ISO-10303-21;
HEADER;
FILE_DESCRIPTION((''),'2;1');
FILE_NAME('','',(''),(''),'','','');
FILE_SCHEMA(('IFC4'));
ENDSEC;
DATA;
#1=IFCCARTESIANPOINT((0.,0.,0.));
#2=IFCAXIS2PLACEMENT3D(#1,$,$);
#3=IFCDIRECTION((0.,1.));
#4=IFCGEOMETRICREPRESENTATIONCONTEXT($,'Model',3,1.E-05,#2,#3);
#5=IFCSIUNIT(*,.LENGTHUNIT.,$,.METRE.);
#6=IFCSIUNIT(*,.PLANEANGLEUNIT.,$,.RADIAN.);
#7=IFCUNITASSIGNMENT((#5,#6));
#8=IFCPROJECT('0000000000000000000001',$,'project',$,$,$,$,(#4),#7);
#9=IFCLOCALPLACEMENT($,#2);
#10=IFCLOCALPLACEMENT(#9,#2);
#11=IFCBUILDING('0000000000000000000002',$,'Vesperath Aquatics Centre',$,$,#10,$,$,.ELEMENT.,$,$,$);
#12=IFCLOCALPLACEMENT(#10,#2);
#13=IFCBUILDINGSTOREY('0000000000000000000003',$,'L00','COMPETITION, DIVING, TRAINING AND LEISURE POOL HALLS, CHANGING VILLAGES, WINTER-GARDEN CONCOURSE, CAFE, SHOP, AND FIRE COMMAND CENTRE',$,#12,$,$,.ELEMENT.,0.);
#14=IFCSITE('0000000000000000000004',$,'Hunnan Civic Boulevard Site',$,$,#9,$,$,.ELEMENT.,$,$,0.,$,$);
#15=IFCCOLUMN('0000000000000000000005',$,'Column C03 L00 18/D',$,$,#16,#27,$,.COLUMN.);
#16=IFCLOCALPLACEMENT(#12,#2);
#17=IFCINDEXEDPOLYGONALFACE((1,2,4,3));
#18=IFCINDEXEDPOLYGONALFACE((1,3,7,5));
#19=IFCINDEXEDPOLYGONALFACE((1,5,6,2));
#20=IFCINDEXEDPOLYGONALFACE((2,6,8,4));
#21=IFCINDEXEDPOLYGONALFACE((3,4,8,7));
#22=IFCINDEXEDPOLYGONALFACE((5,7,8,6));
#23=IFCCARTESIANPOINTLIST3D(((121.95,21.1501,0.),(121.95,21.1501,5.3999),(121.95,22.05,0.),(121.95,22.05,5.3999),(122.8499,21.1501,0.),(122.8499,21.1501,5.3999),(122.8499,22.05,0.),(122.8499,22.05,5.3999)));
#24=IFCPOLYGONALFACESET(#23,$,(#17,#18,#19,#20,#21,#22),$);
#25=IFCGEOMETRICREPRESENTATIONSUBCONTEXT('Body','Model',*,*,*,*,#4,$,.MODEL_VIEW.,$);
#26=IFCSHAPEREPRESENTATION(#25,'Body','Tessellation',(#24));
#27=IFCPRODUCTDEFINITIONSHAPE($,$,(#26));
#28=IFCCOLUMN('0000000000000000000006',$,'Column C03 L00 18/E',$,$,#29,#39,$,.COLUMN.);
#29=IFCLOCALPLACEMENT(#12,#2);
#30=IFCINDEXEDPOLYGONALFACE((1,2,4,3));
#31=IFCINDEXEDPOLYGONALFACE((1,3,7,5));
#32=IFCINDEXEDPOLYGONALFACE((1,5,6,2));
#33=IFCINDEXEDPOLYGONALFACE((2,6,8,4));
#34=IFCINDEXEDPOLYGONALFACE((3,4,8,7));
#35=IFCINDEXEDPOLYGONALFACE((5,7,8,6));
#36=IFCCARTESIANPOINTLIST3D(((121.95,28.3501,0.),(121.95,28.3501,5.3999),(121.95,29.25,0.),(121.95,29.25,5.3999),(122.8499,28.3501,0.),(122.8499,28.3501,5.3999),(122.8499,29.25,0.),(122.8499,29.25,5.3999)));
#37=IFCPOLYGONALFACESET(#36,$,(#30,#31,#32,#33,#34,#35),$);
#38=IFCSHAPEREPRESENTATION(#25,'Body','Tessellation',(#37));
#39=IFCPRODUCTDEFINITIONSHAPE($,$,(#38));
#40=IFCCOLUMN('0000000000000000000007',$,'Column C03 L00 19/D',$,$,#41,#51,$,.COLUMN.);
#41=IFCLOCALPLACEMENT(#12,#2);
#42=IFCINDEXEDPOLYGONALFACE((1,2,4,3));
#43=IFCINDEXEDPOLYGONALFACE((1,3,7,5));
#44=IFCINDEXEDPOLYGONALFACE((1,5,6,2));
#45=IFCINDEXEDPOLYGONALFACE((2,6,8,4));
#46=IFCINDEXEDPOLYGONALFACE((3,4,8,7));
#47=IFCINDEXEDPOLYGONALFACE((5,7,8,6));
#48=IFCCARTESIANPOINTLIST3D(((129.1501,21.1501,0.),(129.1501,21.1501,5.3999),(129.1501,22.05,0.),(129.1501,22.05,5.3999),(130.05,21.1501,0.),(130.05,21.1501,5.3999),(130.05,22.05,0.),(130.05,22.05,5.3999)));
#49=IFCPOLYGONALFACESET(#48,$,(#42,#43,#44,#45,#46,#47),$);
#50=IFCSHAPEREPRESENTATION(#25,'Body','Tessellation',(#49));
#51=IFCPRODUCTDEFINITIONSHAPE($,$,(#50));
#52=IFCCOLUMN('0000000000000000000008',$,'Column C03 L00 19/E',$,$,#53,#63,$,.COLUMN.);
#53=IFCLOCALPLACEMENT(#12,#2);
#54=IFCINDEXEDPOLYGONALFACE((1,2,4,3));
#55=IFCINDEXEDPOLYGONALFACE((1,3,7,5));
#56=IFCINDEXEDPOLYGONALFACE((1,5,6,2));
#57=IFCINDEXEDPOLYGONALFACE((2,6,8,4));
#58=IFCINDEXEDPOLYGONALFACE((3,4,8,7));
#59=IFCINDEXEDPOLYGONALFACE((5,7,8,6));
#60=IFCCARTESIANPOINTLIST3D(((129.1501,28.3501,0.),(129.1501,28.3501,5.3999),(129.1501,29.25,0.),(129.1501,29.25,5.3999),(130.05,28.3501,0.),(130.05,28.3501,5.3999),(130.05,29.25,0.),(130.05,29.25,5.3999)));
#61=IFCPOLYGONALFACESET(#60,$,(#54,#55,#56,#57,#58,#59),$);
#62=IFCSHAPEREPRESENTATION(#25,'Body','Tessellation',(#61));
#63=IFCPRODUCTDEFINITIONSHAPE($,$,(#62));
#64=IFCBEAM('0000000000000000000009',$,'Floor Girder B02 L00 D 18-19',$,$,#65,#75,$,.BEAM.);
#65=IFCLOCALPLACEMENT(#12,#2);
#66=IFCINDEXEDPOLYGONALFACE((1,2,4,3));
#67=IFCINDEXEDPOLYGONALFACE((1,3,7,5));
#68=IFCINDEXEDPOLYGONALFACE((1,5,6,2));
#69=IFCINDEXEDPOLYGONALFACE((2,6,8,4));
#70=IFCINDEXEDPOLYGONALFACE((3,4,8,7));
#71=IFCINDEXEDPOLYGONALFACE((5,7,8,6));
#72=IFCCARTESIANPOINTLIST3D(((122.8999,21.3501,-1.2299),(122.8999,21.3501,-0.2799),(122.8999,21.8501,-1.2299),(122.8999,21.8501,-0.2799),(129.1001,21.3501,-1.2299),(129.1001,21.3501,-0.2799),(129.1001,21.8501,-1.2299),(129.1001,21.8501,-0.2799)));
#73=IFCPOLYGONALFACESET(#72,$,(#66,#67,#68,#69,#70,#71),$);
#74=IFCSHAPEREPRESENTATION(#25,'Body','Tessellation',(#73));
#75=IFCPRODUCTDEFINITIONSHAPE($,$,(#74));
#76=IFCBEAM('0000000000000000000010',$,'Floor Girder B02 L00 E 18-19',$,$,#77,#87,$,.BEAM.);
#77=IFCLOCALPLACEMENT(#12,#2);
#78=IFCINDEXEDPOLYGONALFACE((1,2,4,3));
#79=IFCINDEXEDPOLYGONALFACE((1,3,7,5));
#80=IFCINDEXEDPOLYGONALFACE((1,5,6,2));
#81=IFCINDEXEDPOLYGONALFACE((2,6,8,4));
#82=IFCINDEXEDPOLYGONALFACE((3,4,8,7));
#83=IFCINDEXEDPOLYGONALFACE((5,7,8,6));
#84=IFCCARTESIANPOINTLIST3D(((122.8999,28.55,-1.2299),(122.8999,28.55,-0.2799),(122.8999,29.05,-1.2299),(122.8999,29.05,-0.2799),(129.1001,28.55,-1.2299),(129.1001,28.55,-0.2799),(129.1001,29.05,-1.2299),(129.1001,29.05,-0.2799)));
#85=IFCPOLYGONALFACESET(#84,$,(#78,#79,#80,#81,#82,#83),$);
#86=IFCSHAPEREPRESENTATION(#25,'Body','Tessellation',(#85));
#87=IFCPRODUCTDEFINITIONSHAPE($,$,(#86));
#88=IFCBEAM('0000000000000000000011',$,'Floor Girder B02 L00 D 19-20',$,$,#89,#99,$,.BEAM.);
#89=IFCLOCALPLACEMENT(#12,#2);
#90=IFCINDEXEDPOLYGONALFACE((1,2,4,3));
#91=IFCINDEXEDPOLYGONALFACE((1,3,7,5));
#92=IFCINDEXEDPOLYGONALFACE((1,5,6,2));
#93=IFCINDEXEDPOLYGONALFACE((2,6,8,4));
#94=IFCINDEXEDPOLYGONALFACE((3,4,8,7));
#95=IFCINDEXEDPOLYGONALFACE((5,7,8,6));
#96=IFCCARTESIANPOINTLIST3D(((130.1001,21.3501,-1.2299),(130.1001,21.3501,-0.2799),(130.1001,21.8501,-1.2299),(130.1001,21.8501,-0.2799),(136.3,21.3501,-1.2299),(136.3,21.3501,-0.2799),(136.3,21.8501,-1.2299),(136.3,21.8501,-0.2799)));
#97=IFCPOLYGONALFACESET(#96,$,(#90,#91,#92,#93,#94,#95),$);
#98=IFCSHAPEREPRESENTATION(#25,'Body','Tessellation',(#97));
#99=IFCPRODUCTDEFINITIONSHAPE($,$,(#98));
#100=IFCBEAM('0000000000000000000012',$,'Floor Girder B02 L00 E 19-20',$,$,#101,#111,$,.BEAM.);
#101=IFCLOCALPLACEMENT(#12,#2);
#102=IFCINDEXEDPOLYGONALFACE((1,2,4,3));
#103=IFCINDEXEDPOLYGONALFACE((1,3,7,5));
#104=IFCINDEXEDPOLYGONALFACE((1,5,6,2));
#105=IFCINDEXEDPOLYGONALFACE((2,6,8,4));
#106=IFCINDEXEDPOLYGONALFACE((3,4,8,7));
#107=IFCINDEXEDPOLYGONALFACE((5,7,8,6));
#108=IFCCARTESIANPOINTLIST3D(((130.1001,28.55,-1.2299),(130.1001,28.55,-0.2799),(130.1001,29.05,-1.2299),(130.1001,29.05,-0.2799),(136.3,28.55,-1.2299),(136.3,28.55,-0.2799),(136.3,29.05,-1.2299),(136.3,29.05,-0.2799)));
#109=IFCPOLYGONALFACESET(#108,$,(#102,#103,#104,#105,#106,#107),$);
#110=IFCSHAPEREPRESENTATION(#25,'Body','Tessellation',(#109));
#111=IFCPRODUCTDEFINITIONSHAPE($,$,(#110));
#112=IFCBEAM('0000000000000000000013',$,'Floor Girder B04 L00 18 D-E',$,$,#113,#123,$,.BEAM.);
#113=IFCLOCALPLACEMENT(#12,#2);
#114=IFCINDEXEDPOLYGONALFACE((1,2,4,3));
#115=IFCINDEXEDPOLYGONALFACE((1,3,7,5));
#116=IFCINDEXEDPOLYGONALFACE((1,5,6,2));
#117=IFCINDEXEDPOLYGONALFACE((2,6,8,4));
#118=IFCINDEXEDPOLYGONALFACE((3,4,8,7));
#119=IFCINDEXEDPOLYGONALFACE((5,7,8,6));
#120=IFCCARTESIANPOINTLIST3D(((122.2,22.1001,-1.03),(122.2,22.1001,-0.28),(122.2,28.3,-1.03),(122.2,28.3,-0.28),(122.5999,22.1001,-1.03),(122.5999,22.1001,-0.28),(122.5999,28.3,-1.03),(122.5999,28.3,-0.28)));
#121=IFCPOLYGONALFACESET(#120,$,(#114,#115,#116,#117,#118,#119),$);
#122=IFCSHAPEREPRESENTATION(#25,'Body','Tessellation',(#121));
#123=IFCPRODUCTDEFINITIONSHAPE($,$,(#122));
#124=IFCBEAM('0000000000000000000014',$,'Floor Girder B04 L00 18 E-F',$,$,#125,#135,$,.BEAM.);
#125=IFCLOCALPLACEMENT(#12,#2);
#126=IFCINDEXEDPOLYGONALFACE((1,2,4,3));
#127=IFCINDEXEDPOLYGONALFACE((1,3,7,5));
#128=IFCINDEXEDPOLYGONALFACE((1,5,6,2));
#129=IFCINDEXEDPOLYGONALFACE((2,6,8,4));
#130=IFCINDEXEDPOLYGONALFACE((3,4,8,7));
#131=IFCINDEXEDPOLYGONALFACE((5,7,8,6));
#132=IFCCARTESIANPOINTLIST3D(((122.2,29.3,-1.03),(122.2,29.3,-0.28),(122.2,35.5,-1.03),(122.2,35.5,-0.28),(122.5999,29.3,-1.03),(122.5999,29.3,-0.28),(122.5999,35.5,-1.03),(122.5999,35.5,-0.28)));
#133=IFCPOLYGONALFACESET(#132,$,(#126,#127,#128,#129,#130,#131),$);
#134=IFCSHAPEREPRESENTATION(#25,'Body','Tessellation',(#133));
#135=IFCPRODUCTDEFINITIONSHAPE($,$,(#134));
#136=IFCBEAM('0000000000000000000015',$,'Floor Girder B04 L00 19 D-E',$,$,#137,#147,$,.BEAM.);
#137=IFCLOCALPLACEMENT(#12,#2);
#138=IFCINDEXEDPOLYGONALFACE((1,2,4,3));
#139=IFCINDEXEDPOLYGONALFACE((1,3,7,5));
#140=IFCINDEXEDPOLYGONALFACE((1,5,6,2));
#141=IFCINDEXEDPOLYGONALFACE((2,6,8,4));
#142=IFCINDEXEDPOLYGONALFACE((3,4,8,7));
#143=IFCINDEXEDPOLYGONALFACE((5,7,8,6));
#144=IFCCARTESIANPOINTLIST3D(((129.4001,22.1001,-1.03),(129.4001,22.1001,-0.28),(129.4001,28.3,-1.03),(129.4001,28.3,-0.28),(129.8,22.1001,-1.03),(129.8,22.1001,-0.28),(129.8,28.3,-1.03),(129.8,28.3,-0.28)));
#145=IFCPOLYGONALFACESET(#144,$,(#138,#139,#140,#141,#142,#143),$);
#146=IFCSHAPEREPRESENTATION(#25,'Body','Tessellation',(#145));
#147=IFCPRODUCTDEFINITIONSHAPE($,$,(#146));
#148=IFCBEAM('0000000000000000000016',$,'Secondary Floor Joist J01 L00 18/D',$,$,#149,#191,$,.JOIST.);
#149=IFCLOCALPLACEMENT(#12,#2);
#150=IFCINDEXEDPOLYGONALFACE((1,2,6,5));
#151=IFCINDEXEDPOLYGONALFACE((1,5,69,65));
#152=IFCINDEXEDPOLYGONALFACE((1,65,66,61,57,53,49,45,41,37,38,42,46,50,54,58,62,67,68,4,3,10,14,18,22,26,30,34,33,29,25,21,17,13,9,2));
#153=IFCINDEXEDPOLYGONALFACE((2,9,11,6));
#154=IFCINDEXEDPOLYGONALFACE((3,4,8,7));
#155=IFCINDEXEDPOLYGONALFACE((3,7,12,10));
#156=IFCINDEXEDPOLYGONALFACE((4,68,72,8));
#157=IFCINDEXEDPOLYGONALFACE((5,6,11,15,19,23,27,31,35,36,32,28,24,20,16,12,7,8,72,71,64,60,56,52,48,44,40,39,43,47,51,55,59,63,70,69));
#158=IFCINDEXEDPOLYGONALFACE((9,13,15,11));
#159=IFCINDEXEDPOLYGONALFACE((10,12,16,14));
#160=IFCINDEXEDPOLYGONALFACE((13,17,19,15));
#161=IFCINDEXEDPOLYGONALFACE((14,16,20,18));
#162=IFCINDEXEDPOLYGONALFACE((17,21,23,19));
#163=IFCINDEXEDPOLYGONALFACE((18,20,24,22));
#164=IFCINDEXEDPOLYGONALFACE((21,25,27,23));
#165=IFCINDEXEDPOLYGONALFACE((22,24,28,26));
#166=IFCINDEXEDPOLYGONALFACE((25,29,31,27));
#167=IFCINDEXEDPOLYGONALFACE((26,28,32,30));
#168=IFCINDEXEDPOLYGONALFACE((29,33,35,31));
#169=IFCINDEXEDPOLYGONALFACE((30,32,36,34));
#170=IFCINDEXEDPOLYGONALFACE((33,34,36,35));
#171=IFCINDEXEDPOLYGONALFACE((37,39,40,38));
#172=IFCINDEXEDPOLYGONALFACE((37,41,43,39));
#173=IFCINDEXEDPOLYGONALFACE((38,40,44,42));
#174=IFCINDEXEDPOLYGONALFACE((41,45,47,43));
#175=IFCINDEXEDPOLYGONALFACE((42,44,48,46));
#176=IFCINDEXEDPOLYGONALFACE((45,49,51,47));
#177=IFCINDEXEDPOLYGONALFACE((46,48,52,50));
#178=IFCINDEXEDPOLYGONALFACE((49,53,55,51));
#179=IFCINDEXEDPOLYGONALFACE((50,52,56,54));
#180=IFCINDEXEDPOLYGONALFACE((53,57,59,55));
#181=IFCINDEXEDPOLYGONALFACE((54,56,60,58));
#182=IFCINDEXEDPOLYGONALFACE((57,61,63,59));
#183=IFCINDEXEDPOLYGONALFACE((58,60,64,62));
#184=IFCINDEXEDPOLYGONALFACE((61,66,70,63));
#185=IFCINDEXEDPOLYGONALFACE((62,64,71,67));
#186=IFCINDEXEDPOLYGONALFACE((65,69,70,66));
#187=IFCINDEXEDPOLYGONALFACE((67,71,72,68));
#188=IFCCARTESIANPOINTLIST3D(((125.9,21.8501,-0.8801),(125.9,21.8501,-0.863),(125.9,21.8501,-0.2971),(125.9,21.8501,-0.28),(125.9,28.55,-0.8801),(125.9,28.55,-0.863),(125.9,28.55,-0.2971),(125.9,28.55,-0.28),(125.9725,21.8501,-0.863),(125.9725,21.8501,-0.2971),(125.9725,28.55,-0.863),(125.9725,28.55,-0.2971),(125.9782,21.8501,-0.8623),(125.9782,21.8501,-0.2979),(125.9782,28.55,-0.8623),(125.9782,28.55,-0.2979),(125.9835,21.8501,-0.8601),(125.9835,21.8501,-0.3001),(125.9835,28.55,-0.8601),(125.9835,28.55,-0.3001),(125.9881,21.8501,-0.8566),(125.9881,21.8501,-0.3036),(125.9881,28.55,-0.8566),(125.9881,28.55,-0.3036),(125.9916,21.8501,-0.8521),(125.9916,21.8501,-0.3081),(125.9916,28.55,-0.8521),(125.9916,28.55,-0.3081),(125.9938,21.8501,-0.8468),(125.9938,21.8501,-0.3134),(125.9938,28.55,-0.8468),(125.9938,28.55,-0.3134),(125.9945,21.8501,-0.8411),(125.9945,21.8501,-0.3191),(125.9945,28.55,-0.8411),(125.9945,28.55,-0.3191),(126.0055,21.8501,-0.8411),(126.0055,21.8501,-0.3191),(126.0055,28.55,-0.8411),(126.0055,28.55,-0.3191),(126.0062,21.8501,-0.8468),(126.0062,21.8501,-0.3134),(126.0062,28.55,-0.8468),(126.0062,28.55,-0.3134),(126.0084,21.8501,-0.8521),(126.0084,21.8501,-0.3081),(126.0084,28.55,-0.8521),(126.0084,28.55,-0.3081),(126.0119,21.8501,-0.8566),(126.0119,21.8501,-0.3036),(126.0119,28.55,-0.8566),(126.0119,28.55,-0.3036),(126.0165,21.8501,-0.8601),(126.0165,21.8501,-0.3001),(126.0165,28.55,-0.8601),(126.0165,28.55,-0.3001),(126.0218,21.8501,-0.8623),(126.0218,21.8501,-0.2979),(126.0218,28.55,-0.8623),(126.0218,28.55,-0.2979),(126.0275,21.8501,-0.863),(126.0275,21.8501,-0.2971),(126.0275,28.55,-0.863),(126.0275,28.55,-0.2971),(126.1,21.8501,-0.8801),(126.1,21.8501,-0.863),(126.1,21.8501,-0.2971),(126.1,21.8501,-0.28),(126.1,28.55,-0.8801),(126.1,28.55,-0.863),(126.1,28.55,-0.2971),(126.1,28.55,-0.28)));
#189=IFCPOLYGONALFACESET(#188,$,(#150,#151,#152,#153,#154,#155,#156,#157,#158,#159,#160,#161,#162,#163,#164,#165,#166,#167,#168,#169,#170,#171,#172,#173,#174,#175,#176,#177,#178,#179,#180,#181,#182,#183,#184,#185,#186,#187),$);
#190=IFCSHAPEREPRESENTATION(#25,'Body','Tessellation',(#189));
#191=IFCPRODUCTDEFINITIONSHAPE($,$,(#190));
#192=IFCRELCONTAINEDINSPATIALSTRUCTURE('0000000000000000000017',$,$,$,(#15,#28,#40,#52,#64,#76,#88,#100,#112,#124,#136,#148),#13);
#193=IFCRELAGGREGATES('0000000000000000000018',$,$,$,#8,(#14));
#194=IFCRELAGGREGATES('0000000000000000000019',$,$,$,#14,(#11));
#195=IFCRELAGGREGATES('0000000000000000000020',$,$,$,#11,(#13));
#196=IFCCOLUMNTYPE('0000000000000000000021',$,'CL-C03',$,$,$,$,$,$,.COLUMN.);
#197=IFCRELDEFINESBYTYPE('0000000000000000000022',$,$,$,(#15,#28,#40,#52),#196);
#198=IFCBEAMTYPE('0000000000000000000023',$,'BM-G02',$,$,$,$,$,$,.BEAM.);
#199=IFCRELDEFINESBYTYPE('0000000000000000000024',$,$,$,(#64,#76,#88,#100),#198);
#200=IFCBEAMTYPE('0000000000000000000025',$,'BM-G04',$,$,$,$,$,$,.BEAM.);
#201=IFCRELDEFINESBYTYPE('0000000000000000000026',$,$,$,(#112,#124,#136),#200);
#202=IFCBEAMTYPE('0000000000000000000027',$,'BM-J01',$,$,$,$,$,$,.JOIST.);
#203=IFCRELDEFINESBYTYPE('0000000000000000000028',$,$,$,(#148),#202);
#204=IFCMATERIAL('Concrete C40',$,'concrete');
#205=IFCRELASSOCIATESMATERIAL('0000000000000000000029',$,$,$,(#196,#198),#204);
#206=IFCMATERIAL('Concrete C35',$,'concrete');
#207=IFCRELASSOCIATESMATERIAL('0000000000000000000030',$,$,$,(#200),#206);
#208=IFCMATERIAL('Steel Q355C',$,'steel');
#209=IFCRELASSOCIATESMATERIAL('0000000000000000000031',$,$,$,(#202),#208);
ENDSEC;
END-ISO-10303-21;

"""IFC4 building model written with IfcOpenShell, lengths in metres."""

from ifc_helpers import new_model, si_unit, direction, frame, origin, origin_2d, place, context, subcontext, project, spatial, rectangle, i_section, extrude, material, material_profile, profile_set, type_object, element, save


model = new_model("IFC4")

# Units and contexts
model_context = context("Model", 3, precision=1e-05, world=origin(), true_north=direction((0.0, 1.0)))
body_context = subcontext(model_context, "Body", "Model", "MODEL_VIEW")
ifc_project = project(units=[si_unit("LENGTHUNIT", "METRE"), si_unit("PLANEANGLEUNIT", "RADIAN")], contexts=[model_context])

# Site, building, storey
site_placement = place(None, origin())
site = spatial("IfcSite", under=ifc_project, at=site_placement, Name="Hunnan Civic Boulevard Site", CompositionType="ELEMENT", RefElevation=0.0)
building_placement = place(site_placement, origin())
building = spatial("IfcBuilding", under=site, at=building_placement, Name="Vesperath Aquatics Centre", CompositionType="ELEMENT")
storey_placement = place(building_placement, origin())
storey = spatial("IfcBuildingStorey", under=building, at=storey_placement, Name="L00", Description="COMPETITION, DIVING, TRAINING AND LEISURE POOL HALLS, CHANGING VILLAGES, WINTER-GARDEN CONCOURSE, CAFE, SHOP, AND FIRE COMMAND CENTRE", CompositionType="ELEMENT", Elevation=0.0)

# Columns
ifc_material_1 = material(Name="Concrete C40", Category="concrete")
ifc_material_profile_1 = material_profile(ifc_material_1, rectangle(XDim=0.8999, YDim=0.8999, at=origin_2d()), Name="RC 900x900")
ifc_profile_set_1 = profile_set([ifc_material_profile_1], Name="Concrete C40")
column_type = type_object("IfcColumnType", Name="CL-C03", PredefinedType="COLUMN", material=ifc_profile_set_1)
for number, where, z_axis, x_axis, name in (
    (1, (122.3999, 21.6001, 0.0), (0.0, 0.0, 1.0), (1.0, 0.0, 0.0), "Column C03 L00 18/D"),
    (2, (122.3999, 28.8, 0.0), (0.0, 0.0, 1.0), (1.0, 0.0, 0.0), "Column C03 L00 18/E"),
    (3, (129.6001, 21.6001, 0.0), (0.0, 0.0, 1.0), (1.0, 0.0, 0.0), "Column C03 L00 19/D"),
    (4, (129.6001, 28.8, 0.0), (0.0, 0.0, 1.0), (1.0, 0.0, 0.0), "Column C03 L00 19/E"),
):
    element("IfcColumn", number, at=place(storey_placement, frame(where, z_axis=z_axis, x_axis=x_axis)), inside=storey, type_object=column_type, Name=name, PredefinedType="COLUMN", context=body_context, shape_type="SweptSolid", body=[
        extrude(rectangle(XDim=0.8999, YDim=0.8999, at=origin_2d()), origin(), (0.0, 0.0, 1.0), 5.3999),
    ])

# Beams
ifc_material_profile_2 = material_profile(ifc_material_1, rectangle(XDim=0.5, YDim=0.95, at=origin_2d()), Name="RC 500x950")
ifc_profile_set_2 = profile_set([ifc_material_profile_2], Name="Concrete C40")
beam_type_1 = type_object("IfcBeamType", Name="BM-G02", PredefinedType="BEAM", material=ifc_profile_set_2)
for number, where, z_axis, x_axis, name in (
    (5, (122.8999, 21.6001, -0.7549), (1.0, 0.0, 0.0), (0.0, 1.0, 0.0), "Floor Girder B02 L00 D 18-19"),
    (6, (122.8999, 28.8, -0.7549), (1.0, 0.0, 0.0), (0.0, 1.0, 0.0), "Floor Girder B02 L00 E 18-19"),
):
    element("IfcBeam", number, at=place(storey_placement, frame(where, z_axis=z_axis, x_axis=x_axis)), inside=storey, type_object=beam_type_1, Name=name, PredefinedType="BEAM", context=body_context, shape_type="SweptSolid", body=[
        extrude(rectangle(XDim=0.5, YDim=0.95, at=origin_2d()), origin(), (0.0, 0.0, 1.0), 6.2002),
    ])
for number, where, z_axis, x_axis, name in (
    (7, (130.1001, 21.6001, -0.7549), (1.0, 0.0, 0.0), (0.0, 1.0, 0.0), "Floor Girder B02 L00 D 19-20"),
    (8, (130.1001, 28.8, -0.7549), (1.0, 0.0, 0.0), (0.0, 1.0, 0.0), "Floor Girder B02 L00 E 19-20"),
):
    element("IfcBeam", number, at=place(storey_placement, frame(where, z_axis=z_axis, x_axis=x_axis)), inside=storey, type_object=beam_type_1, Name=name, PredefinedType="BEAM", context=body_context, shape_type="SweptSolid", body=[
        extrude(rectangle(XDim=0.5, YDim=0.95, at=origin_2d()), origin(), (0.0, 0.0, 1.0), 6.2),
    ])
ifc_material_2 = material(Name="Concrete C35", Category="concrete")
ifc_material_profile_3 = material_profile(ifc_material_2, rectangle(XDim=0.3999, YDim=0.75, at=origin_2d()), Name="RC 400x750")
ifc_profile_set_3 = profile_set([ifc_material_profile_3], Name="Concrete C35")
beam_type_2 = type_object("IfcBeamType", Name="BM-G04", PredefinedType="BEAM", material=ifc_profile_set_3)
for number, where, z_axis, x_axis, name in (
    (9, (122.3999, 22.1001, -0.655), (0.0, 1.0, 0.0), (-1.0, 0.0, 0.0), "Floor Girder B04 L00 18 D-E"),
    (10, (122.3999, 29.3, -0.655), (0.0, 1.0, 0.0), (-1.0, 0.0, 0.0), "Floor Girder B04 L00 18 E-F"),
    (11, (129.6001, 22.1001, -0.655), (0.0, 1.0, 0.0), (-1.0, 0.0, 0.0), "Floor Girder B04 L00 19 D-E"),
):
    element("IfcBeam", number, at=place(storey_placement, frame(where, z_axis=z_axis, x_axis=x_axis)), inside=storey, type_object=beam_type_2, Name=name, PredefinedType="BEAM", context=body_context, shape_type="SweptSolid", body=[
        extrude(rectangle(XDim=0.3999, YDim=0.75, at=origin_2d()), origin(), (0.0, 0.0, 1.0), 6.2),
    ])
ifc_material_3 = material(Name="Steel Q355C", Category="steel")
ifc_material_profile_4 = material_profile(ifc_material_3, i_section(OverallWidth=0.2, OverallDepth=0.6001, WebThickness=0.011, FlangeThickness=0.0171, FilletRadius=0.022, at=origin_2d()), Name="HN 600x200x11x17")
ifc_profile_set_4 = profile_set([ifc_material_profile_4], Name="Steel Q355C")
beam_type_3 = type_object("IfcBeamType", Name="BM-J01", PredefinedType="JOIST", material=ifc_profile_set_4)
for number, where, z_axis, x_axis, name in (
    (12, (126.0, 21.8501, -0.5801), (0.0, 1.0, 0.0), (-1.0, 0.0, 0.0), "Secondary Floor Joist J01 L00 18/D"),
):
    element("IfcBeam", number, at=place(storey_placement, frame(where, z_axis=z_axis, x_axis=x_axis)), inside=storey, type_object=beam_type_3, Name=name, PredefinedType="JOIST", context=body_context, shape_type="SweptSolid", body=[
        extrude(i_section(OverallWidth=0.2, OverallDepth=0.6001, WebThickness=0.011, FlangeThickness=0.0171, FilletRadius=0.022, at=origin_2d()), origin(), (0.0, 0.0, 1.0), 6.7),
    ])

save(model, "model.ifc")
